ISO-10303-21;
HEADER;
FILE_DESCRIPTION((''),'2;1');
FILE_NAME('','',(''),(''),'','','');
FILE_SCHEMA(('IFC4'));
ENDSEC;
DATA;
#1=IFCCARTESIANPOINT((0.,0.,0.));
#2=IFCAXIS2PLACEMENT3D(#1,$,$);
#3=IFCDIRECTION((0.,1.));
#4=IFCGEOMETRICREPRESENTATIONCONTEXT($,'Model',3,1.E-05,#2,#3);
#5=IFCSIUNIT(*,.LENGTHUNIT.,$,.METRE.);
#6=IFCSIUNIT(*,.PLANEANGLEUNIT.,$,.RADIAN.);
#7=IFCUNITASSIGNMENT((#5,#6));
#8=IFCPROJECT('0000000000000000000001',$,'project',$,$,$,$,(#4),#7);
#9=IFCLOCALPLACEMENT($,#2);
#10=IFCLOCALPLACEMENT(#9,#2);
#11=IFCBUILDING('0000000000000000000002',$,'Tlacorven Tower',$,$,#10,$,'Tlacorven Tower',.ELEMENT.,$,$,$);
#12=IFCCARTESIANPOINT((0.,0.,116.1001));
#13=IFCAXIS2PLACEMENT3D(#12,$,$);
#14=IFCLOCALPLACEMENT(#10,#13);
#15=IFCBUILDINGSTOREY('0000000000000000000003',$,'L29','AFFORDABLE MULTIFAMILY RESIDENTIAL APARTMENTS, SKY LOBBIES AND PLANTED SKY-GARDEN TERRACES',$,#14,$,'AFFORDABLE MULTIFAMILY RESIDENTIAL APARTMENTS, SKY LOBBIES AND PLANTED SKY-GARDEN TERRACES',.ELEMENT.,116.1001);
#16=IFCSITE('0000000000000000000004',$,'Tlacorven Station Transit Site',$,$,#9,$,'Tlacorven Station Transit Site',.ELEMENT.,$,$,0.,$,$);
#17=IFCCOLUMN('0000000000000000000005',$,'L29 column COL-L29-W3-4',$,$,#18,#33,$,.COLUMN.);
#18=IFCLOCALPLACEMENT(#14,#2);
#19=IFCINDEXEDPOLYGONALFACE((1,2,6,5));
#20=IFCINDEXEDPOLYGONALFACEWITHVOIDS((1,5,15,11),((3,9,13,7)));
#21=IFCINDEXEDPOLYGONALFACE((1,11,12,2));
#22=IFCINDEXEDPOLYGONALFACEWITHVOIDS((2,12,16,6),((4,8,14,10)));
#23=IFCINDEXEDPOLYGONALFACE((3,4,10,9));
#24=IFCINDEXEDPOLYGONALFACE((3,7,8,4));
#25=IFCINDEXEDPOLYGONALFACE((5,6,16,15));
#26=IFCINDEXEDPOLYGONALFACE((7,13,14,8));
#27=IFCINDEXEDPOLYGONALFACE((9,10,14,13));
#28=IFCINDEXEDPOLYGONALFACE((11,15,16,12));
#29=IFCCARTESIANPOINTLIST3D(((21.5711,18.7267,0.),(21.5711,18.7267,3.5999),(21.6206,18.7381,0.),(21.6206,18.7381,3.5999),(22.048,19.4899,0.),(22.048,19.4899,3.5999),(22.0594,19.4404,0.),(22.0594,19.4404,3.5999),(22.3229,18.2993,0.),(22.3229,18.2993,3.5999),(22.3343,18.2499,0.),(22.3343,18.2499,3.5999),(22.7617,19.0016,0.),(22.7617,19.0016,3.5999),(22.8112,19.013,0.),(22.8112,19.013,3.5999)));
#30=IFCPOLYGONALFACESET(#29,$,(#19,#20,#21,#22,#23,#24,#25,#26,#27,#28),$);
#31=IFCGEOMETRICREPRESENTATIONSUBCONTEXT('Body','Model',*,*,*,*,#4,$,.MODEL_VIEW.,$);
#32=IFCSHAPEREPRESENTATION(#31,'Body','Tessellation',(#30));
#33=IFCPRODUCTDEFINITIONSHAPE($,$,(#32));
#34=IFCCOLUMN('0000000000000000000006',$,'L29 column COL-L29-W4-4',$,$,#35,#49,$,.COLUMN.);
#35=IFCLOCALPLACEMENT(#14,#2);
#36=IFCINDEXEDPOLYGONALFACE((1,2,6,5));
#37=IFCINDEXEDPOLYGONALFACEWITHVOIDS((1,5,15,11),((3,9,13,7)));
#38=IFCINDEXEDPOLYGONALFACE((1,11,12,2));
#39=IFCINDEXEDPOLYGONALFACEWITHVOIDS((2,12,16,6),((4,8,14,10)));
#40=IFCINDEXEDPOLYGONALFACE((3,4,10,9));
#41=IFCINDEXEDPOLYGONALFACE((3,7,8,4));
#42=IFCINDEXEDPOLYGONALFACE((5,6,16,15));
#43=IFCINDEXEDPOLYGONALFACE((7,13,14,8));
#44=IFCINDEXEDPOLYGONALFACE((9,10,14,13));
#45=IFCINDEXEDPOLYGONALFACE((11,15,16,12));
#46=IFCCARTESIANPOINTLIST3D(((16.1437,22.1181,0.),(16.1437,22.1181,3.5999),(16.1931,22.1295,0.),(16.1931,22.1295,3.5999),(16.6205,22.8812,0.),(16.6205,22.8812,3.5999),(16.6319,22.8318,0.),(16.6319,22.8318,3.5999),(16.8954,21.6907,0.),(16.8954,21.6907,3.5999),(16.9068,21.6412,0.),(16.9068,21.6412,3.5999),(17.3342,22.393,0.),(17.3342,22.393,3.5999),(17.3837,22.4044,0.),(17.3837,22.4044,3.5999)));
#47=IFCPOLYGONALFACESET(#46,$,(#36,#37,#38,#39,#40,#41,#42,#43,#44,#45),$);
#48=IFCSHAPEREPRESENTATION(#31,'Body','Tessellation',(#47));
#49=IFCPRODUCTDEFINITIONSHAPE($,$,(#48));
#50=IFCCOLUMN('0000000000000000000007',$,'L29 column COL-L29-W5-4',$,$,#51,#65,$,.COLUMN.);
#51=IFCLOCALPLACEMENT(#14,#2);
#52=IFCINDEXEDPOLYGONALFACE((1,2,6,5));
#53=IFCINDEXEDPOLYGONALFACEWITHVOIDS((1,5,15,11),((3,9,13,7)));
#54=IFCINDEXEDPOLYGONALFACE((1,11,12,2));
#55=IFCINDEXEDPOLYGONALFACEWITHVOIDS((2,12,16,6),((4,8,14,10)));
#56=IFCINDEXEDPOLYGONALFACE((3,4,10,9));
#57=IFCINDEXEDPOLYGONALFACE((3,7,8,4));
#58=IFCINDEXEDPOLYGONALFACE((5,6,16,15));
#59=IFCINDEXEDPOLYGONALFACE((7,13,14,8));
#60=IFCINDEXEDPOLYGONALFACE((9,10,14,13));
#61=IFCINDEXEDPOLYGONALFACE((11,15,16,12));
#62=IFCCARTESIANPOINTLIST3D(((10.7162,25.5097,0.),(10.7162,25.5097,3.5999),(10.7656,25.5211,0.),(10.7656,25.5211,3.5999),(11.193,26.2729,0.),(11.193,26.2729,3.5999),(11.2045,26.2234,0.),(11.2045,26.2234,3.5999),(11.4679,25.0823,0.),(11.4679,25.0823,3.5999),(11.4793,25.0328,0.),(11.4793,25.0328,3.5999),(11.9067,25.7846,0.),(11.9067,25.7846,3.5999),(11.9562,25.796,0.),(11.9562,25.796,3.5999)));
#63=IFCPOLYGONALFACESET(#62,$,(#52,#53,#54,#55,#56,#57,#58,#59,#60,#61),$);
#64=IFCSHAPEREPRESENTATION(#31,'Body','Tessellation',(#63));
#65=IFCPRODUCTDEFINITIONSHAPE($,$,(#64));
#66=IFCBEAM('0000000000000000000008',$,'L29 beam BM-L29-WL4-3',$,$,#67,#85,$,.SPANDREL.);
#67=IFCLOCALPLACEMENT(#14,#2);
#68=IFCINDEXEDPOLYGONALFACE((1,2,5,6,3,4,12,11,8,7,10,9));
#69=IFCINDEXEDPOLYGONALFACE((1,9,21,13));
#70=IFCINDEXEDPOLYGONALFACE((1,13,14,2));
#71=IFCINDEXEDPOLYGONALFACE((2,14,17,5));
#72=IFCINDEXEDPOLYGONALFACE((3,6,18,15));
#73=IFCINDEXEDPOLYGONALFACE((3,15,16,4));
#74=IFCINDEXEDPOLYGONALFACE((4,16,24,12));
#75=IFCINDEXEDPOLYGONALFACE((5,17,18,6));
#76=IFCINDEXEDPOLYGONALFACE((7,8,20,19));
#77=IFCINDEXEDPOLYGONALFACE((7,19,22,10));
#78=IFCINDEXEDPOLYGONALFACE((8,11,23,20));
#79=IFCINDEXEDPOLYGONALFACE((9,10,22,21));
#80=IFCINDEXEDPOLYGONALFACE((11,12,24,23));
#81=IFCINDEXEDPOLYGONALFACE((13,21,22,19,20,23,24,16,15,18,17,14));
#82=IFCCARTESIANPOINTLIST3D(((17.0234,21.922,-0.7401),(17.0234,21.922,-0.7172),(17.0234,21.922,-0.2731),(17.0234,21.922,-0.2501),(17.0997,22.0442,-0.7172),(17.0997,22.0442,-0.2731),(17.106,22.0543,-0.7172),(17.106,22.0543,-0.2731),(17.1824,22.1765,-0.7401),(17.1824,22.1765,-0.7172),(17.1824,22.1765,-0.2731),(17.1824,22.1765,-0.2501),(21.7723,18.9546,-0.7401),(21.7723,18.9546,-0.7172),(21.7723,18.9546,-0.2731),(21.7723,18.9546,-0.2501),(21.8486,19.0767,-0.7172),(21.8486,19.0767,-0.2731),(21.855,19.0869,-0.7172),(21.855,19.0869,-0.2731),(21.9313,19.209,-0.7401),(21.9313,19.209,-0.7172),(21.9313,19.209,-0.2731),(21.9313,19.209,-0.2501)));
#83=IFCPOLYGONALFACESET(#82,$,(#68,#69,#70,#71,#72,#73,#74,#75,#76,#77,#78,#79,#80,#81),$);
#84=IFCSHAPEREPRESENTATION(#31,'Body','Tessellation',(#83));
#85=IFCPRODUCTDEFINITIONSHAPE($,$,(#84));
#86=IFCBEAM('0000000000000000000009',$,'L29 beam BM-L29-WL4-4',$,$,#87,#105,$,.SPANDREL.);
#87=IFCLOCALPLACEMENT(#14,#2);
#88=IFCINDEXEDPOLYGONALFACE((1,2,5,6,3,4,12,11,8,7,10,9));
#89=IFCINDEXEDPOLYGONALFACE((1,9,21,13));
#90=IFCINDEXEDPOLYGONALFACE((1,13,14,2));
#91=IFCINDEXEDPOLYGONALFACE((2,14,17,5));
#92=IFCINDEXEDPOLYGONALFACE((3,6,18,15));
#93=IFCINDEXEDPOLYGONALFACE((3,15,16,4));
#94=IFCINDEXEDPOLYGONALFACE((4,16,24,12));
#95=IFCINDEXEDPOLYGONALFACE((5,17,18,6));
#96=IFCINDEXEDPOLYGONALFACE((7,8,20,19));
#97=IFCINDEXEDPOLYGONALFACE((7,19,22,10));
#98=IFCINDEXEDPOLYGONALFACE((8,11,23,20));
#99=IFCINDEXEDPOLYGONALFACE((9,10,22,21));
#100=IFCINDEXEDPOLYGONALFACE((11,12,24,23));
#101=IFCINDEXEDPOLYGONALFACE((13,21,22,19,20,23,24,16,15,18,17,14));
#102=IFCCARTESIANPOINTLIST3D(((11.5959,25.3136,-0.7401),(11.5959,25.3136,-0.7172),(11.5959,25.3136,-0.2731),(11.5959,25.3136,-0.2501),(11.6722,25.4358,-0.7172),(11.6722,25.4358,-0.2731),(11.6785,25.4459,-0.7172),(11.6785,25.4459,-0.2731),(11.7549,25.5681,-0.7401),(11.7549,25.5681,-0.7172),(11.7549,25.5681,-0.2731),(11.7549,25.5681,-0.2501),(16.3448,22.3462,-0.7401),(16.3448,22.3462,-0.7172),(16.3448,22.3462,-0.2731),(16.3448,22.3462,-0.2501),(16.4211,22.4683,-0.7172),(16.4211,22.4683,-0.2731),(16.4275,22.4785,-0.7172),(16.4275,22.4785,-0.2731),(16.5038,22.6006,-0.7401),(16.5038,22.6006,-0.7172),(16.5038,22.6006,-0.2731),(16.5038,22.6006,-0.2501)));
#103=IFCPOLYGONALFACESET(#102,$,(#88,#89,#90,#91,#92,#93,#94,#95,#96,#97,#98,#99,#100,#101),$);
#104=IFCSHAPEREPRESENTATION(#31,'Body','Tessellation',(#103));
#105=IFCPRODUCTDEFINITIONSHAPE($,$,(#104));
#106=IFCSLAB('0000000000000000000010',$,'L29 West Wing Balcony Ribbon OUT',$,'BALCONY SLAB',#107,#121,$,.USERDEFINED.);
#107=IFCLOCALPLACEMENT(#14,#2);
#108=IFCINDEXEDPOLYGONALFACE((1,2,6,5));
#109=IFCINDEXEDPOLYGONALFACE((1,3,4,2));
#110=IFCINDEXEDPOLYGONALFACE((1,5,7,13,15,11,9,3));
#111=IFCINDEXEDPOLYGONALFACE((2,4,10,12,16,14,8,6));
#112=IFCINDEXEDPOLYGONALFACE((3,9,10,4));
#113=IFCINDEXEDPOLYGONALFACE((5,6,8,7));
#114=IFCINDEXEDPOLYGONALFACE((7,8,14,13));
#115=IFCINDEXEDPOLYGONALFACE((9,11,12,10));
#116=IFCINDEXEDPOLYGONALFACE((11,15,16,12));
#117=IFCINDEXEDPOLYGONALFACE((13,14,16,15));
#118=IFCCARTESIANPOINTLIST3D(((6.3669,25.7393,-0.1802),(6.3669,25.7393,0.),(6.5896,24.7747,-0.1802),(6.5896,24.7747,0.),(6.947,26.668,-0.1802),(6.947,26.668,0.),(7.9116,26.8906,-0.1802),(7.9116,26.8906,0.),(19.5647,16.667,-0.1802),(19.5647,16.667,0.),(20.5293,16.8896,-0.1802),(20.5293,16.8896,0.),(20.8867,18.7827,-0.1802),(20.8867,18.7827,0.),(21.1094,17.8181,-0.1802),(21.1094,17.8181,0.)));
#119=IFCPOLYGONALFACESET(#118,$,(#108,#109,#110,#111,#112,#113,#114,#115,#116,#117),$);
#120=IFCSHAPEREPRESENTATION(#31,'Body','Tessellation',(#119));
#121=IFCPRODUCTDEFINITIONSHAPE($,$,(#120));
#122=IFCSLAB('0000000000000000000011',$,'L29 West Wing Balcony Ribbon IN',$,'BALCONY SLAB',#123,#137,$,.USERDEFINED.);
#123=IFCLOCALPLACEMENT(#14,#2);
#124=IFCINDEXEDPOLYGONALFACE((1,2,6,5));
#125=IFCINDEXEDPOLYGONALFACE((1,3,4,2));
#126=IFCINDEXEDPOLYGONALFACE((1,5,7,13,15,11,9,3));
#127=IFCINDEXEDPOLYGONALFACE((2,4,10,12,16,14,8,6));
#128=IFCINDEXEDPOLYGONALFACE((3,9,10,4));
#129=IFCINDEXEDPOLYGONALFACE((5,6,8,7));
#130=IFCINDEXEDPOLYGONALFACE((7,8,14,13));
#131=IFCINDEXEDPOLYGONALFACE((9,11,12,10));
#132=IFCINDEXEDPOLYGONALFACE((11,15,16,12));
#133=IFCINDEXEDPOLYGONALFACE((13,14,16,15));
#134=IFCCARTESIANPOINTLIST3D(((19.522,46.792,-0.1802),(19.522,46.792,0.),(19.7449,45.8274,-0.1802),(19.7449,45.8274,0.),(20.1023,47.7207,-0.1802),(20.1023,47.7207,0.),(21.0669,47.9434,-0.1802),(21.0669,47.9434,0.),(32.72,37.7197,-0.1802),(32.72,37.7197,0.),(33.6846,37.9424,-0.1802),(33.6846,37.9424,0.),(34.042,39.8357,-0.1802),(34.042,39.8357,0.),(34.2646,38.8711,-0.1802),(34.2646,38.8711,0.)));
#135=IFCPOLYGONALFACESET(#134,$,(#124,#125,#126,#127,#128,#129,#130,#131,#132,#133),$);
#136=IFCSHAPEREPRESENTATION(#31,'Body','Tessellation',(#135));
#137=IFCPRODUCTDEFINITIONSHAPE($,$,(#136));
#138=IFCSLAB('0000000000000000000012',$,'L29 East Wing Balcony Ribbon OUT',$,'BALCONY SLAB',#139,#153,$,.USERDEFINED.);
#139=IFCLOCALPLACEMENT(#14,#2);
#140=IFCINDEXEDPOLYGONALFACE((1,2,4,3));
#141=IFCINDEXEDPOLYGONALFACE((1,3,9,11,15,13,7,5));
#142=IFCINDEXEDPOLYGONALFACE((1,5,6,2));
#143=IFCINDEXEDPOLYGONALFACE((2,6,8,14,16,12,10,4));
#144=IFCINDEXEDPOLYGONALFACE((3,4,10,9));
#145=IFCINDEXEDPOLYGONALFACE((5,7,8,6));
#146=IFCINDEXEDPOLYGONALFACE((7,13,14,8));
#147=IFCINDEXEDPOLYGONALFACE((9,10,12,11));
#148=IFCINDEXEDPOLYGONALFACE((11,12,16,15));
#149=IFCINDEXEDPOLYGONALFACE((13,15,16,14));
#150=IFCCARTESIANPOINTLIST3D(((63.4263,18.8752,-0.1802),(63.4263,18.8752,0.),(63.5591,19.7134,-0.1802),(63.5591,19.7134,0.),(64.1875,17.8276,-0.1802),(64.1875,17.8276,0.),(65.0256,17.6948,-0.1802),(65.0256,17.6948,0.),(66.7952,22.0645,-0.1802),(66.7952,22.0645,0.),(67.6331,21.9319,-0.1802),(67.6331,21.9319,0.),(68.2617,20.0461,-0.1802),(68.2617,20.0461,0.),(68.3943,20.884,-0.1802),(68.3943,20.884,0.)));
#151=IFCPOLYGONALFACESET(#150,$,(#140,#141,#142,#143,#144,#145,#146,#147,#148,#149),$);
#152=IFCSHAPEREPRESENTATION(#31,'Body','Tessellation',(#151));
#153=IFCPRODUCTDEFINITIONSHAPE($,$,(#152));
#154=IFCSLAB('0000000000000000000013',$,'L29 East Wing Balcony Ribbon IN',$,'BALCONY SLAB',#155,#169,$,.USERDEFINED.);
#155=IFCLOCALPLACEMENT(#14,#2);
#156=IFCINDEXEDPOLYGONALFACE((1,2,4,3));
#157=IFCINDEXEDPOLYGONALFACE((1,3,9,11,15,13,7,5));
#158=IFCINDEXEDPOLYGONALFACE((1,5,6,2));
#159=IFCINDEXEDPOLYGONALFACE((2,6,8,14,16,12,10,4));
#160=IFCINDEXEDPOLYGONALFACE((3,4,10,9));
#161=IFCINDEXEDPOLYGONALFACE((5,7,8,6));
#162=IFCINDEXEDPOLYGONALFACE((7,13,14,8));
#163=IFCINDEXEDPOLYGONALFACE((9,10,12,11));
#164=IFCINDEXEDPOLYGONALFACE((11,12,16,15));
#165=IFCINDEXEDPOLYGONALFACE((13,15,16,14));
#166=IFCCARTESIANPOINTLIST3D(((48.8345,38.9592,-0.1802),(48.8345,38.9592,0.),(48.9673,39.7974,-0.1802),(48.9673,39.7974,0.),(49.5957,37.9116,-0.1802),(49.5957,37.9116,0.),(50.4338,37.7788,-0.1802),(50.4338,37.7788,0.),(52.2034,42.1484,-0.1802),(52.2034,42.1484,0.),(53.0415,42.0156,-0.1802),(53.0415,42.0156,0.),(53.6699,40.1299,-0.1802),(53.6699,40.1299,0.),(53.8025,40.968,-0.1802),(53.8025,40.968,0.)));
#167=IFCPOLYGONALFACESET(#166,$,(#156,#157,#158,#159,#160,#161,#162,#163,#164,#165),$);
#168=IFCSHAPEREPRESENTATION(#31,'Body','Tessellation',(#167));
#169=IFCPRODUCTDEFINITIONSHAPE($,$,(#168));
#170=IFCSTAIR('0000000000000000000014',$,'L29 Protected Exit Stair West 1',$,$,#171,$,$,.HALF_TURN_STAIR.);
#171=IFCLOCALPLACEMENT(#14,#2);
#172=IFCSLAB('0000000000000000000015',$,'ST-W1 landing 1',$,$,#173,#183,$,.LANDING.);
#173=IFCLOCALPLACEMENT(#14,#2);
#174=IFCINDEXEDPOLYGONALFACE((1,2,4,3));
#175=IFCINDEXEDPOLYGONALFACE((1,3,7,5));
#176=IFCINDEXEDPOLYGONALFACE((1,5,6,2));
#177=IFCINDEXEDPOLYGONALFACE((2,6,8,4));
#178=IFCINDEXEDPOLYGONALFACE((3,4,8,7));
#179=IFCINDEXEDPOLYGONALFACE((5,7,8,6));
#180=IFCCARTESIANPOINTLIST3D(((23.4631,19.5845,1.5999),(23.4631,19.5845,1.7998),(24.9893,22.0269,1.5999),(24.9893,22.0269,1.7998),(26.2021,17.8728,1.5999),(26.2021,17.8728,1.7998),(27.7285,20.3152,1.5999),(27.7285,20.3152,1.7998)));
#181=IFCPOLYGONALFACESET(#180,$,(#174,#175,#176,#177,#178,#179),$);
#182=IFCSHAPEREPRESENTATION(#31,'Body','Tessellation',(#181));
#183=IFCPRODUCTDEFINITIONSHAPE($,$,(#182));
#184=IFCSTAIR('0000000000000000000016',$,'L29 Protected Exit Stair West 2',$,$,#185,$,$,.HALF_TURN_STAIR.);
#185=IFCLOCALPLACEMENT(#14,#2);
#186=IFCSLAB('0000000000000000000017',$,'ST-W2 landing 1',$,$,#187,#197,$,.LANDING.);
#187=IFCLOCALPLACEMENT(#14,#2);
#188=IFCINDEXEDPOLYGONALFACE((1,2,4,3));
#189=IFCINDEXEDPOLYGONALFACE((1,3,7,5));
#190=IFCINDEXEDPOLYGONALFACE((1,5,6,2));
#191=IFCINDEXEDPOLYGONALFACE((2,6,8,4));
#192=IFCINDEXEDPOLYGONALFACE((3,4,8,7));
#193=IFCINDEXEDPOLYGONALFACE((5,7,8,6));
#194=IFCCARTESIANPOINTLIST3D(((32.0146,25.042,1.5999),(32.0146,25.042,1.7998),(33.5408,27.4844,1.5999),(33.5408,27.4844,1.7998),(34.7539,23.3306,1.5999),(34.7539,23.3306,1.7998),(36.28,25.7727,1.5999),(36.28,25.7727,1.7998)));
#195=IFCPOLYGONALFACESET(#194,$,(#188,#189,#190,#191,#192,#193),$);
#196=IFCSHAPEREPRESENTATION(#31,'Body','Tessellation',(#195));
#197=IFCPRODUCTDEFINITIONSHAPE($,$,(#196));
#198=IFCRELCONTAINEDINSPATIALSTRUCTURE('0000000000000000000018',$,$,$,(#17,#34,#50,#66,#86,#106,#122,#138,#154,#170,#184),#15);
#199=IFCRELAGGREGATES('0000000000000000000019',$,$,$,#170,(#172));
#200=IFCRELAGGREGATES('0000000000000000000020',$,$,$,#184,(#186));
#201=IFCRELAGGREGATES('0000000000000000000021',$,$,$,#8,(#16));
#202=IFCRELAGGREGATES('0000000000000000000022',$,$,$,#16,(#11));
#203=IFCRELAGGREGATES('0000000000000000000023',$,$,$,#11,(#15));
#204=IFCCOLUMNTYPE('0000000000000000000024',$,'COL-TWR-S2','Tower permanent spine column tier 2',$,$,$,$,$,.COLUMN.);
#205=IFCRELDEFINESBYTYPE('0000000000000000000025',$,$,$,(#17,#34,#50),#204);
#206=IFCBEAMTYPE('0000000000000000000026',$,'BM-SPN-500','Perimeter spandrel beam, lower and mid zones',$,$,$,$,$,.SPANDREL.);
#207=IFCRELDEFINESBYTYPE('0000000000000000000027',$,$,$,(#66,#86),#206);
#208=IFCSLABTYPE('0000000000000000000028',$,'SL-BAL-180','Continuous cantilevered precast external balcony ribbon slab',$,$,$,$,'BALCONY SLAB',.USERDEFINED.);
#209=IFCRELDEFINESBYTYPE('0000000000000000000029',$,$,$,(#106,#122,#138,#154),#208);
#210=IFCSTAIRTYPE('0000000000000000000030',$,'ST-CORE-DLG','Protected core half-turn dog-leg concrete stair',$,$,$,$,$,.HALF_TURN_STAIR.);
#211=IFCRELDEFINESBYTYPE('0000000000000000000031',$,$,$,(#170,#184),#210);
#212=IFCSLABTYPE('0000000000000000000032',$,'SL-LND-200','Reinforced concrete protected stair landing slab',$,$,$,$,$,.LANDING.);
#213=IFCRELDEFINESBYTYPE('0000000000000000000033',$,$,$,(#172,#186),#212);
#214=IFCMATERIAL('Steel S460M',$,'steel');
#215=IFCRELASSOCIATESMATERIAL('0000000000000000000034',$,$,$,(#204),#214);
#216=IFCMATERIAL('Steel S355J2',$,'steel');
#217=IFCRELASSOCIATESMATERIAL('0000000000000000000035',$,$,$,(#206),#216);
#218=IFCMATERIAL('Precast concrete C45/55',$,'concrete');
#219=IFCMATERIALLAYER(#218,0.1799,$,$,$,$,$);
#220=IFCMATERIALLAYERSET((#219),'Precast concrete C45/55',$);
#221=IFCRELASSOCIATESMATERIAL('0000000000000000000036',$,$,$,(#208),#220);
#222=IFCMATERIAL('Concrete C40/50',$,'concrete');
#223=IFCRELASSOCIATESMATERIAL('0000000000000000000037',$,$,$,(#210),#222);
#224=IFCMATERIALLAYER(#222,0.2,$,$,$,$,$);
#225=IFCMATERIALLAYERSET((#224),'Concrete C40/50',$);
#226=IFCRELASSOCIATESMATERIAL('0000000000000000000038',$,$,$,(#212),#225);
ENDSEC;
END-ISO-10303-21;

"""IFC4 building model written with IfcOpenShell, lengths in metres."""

from ifc_helpers import new_model, si_unit, direction, frame, origin, origin_2d, place, context, subcontext, project, spatial, polyline, hollow_rectangle, i_section, outline, extrude, source, transform, mapped, material, layer, layer_set, material_profile, profile_set, type_object, element, aggregate, save


model = new_model("IFC4")

# Units and contexts
model_context = context("Model", 3, precision=1e-05, world=origin(), true_north=direction((0.0, 1.0)))
body_context = subcontext(model_context, "Body", "Model", "MODEL_VIEW")
ifc_project = project(units=[si_unit("LENGTHUNIT", "METRE"), si_unit("PLANEANGLEUNIT", "RADIAN")], contexts=[model_context])

# Site, building, storey
site_placement = place(None, origin())
site = spatial("IfcSite", under=ifc_project, at=site_placement, Name="Tlacorven Station Transit Site", LongName="Tlacorven Station Transit Site", CompositionType="ELEMENT", RefElevation=0.0)
building_placement = place(site_placement, origin())
building = spatial("IfcBuilding", under=site, at=building_placement, Name="Tlacorven Tower", LongName="Tlacorven Tower", CompositionType="ELEMENT")
storey_placement = place(building_placement, frame((0.0, 0.0, 116.1001)))
storey = spatial("IfcBuildingStorey", under=building, at=storey_placement, Name="L29", Description="AFFORDABLE MULTIFAMILY RESIDENTIAL APARTMENTS, SKY LOBBIES AND PLANTED SKY-GARDEN TERRACES", LongName="AFFORDABLE MULTIFAMILY RESIDENTIAL APARTMENTS, SKY LOBBIES AND PLANTED SKY-GARDEN TERRACES", CompositionType="ELEMENT", Elevation=116.1001)

# Columns
ifc_material_1 = material(Name="Steel S460M", Category="steel")
ifc_material_profile_1 = material_profile(ifc_material_1, hollow_rectangle(XDim=0.8999, YDim=0.8999, WallThickness=0.0359, at=origin_2d()), Name="BOX 900X900X36")
ifc_profile_set_1 = profile_set([ifc_material_profile_1], Name="Steel S460M")
column_type = type_object("IfcColumnType", Name="COL-TWR-S2", Description="Tower permanent spine column tier 2", PredefinedType="COLUMN", material=ifc_profile_set_1)
shared_shape_1 = source(origin(), body_context, "Body", "SweptSolid", [
    extrude(hollow_rectangle(XDim=0.8999, YDim=0.8999, WallThickness=0.0359, at=origin_2d()), origin(), (0.0, 0.0, 1.0), 3.5999),
])
for number, where, z_axis, x_axis, name in (
    (1, (22.1912, 18.8699, 0.0), (0.0, 0.0, 1.0), (-0.848048, 0.529919, 0.0), "L29 column COL-L29-W3-4"),
    (2, (16.7637, 22.2612, 0.0), (0.0, 0.0, 1.0), (-0.848048, 0.529919, 0.0), "L29 column COL-L29-W4-4"),
    (3, (11.3362, 25.6528, 0.0), (0.0, 0.0, 1.0), (-0.848048, 0.529919, 0.0), "L29 column COL-L29-W5-4"),
):
    element("IfcColumn", number, at=place(storey_placement, frame(where, z_axis=z_axis, x_axis=x_axis)), inside=storey, type_object=column_type, Name=name, PredefinedType="COLUMN", context=body_context, shape_type="MappedRepresentation", body=[
        mapped(shared_shape_1, transform((0.0, 0.0, 0.0), scale=1.0)),
    ])

# Beams
ifc_material_2 = material(Name="Steel S355J2", Category="steel")
ifc_material_profile_2 = material_profile(ifc_material_2, i_section(OverallWidth=0.3, OverallDepth=0.49, WebThickness=0.012, FlangeThickness=0.0229, at=origin_2d()), Name="HEA 500")
ifc_profile_set_2 = profile_set([ifc_material_profile_2], Name="Steel S355J2")
beam_type = type_object("IfcBeamType", Name="BM-SPN-500", Description="Perimeter spandrel beam, lower and mid zones", PredefinedType="SPANDREL", material=ifc_profile_set_2)
shared_shape_2 = source(origin(), body_context, "Body", "SweptSolid", [
    extrude(i_section(OverallWidth=0.3, OverallDepth=0.49, WebThickness=0.012, FlangeThickness=0.0229, at=origin_2d()), origin(), (0.0, 0.0, 1.0), 5.5999),
])
for number, where, z_axis, x_axis, name in (
    (4, (21.8518, 19.0818, -0.4951), (-0.848047, 0.529921, 0.0), (-0.529921, -0.848047, 0.0), "L29 beam BM-L29-WL4-3"),
    (5, (16.4243, 22.4734, -0.4951), (-0.848047, 0.529921, 0.0), (-0.529921, -0.848047, 0.0), "L29 beam BM-L29-WL4-4"),
):
    element("IfcBeam", number, at=place(storey_placement, frame(where, z_axis=z_axis, x_axis=x_axis)), inside=storey, type_object=beam_type, Name=name, PredefinedType="SPANDREL", context=body_context, shape_type="MappedRepresentation", body=[
        mapped(shared_shape_2, transform((0.0, 0.0, 0.0), scale=1.0)),
    ])

# Slabs
ifc_material_3 = material(Name="Precast concrete C45/55", Category="concrete")
ifc_layer_1 = layer(ifc_material_3, 0.1799)
ifc_layer_set_1 = layer_set([ifc_layer_1], Name="Precast concrete C45/55")
slab_type_1 = type_object("IfcSlabType", Name="SL-BAL-180", Description="Continuous cantilevered precast external balcony ribbon slab", ElementType="BALCONY SLAB", PredefinedType="USERDEFINED", material=ifc_layer_set_1)
slab_1_placement = place(storey_placement, frame((0.0, 0.0, -0.1802)))
element("IfcSlab", 6, at=slab_1_placement, inside=storey, type_object=slab_type_1, Name="L29 West Wing Balcony Ribbon OUT", ObjectType="BALCONY SLAB", PredefinedType="USERDEFINED", context=body_context, shape_type="SweptSolid", body=[
    extrude(outline(polyline([(20.8867, 18.7827), (7.9116, 26.8906), (6.947, 26.668), (6.3669, 25.7393), (6.5896, 24.7747), (19.5647, 16.667), (20.5293, 16.8896), (21.1094, 17.8181), (20.8867, 18.7827)])), origin(), (0.0, 0.0, 1.0), 0.1802),
])
slab_2_placement = place(storey_placement, frame((0.0, 0.0, -0.1802)))
element("IfcSlab", 7, at=slab_2_placement, inside=storey, type_object=slab_type_1, Name="L29 West Wing Balcony Ribbon IN", ObjectType="BALCONY SLAB", PredefinedType="USERDEFINED", context=body_context, shape_type="SweptSolid", body=[
    extrude(outline(polyline([(34.042, 39.8357), (21.0669, 47.9434), (20.1023, 47.7207), (19.522, 46.792), (19.7449, 45.8274), (32.72, 37.7197), (33.6846, 37.9424), (34.2646, 38.8711), (34.042, 39.8357)])), origin(), (0.0, 0.0, 1.0), 0.1802),
])
slab_3_placement = place(storey_placement, frame((0.0, 0.0, -0.1802)))
element("IfcSlab", 8, at=slab_3_placement, inside=storey, type_object=slab_type_1, Name="L29 East Wing Balcony Ribbon OUT", ObjectType="BALCONY SLAB", PredefinedType="USERDEFINED", context=body_context, shape_type="SweptSolid", body=[
    extrude(outline(polyline([(65.0256, 17.6948), (68.2617, 20.0461), (68.3943, 20.884), (67.6331, 21.9319), (66.7952, 22.0645), (63.5591, 19.7134), (63.4263, 18.8752), (64.1875, 17.8276), (65.0256, 17.6948)])), origin(), (0.0, 0.0, 1.0), 0.1802),
])
slab_4_placement = place(storey_placement, frame((0.0, 0.0, -0.1802)))
element("IfcSlab", 9, at=slab_4_placement, inside=storey, type_object=slab_type_1, Name="L29 East Wing Balcony Ribbon IN", ObjectType="BALCONY SLAB", PredefinedType="USERDEFINED", context=body_context, shape_type="SweptSolid", body=[
    extrude(outline(polyline([(50.4338, 37.7788), (53.6699, 40.1299), (53.8025, 40.968), (53.0415, 42.0156), (52.2034, 42.1484), (48.9673, 39.7974), (48.8345, 38.9592), (49.5957, 37.9116), (50.4338, 37.7788)])), origin(), (0.0, 0.0, 1.0), 0.1802),
])

# Stairs, slabs
ifc_material_4 = material(Name="Concrete C40/50", Category="concrete")
stair_type = type_object("IfcStairType", Name="ST-CORE-DLG", Description="Protected core half-turn dog-leg concrete stair", PredefinedType="HALF_TURN_STAIR", material=ifc_material_4)
stair_1_placement = place(storey_placement, origin())
stair_1 = element("IfcStair", 10, at=stair_1_placement, inside=storey, type_object=stair_type, Name="L29 Protected Exit Stair West 1", PredefinedType="HALF_TURN_STAIR")
ifc_layer_2 = layer(ifc_material_4, 0.2)
ifc_layer_set_2 = layer_set([ifc_layer_2], Name="Concrete C40/50")
slab_type_2 = type_object("IfcSlabType", Name="SL-LND-200", Description="Reinforced concrete protected stair landing slab", PredefinedType="LANDING", material=ifc_layer_set_2)
slab_5_placement = place(storey_placement, frame((0.0, 0.0, 1.5999)))
slab_5 = element("IfcSlab", 11, at=slab_5_placement, type_object=slab_type_2, Name="ST-W1 landing 1", PredefinedType="LANDING", context=body_context, shape_type="SweptSolid", body=[
    extrude(outline(polyline([(27.7285, 20.3152), (24.9893, 22.0269), (23.4631, 19.5845), (26.2021, 17.8728), (27.7285, 20.3152)])), origin(), (0.0, 0.0, 1.0), 0.2),
])
aggregate(stair_1, [slab_5])
stair_2_placement = place(storey_placement, origin())
stair_2 = element("IfcStair", 12, at=stair_2_placement, inside=storey, type_object=stair_type, Name="L29 Protected Exit Stair West 2", PredefinedType="HALF_TURN_STAIR")
slab_6_placement = place(storey_placement, frame((0.0, 0.0, 1.5999)))
slab_6 = element("IfcSlab", 13, at=slab_6_placement, type_object=slab_type_2, Name="ST-W2 landing 1", PredefinedType="LANDING", context=body_context, shape_type="SweptSolid", body=[
    extrude(outline(polyline([(36.28, 25.7727), (33.5408, 27.4844), (32.0146, 25.042), (34.7539, 23.3306), (36.28, 25.7727)])), origin(), (0.0, 0.0, 1.0), 0.2),
])
aggregate(stair_2, [slab_6])

save(model, "model.ifc")
